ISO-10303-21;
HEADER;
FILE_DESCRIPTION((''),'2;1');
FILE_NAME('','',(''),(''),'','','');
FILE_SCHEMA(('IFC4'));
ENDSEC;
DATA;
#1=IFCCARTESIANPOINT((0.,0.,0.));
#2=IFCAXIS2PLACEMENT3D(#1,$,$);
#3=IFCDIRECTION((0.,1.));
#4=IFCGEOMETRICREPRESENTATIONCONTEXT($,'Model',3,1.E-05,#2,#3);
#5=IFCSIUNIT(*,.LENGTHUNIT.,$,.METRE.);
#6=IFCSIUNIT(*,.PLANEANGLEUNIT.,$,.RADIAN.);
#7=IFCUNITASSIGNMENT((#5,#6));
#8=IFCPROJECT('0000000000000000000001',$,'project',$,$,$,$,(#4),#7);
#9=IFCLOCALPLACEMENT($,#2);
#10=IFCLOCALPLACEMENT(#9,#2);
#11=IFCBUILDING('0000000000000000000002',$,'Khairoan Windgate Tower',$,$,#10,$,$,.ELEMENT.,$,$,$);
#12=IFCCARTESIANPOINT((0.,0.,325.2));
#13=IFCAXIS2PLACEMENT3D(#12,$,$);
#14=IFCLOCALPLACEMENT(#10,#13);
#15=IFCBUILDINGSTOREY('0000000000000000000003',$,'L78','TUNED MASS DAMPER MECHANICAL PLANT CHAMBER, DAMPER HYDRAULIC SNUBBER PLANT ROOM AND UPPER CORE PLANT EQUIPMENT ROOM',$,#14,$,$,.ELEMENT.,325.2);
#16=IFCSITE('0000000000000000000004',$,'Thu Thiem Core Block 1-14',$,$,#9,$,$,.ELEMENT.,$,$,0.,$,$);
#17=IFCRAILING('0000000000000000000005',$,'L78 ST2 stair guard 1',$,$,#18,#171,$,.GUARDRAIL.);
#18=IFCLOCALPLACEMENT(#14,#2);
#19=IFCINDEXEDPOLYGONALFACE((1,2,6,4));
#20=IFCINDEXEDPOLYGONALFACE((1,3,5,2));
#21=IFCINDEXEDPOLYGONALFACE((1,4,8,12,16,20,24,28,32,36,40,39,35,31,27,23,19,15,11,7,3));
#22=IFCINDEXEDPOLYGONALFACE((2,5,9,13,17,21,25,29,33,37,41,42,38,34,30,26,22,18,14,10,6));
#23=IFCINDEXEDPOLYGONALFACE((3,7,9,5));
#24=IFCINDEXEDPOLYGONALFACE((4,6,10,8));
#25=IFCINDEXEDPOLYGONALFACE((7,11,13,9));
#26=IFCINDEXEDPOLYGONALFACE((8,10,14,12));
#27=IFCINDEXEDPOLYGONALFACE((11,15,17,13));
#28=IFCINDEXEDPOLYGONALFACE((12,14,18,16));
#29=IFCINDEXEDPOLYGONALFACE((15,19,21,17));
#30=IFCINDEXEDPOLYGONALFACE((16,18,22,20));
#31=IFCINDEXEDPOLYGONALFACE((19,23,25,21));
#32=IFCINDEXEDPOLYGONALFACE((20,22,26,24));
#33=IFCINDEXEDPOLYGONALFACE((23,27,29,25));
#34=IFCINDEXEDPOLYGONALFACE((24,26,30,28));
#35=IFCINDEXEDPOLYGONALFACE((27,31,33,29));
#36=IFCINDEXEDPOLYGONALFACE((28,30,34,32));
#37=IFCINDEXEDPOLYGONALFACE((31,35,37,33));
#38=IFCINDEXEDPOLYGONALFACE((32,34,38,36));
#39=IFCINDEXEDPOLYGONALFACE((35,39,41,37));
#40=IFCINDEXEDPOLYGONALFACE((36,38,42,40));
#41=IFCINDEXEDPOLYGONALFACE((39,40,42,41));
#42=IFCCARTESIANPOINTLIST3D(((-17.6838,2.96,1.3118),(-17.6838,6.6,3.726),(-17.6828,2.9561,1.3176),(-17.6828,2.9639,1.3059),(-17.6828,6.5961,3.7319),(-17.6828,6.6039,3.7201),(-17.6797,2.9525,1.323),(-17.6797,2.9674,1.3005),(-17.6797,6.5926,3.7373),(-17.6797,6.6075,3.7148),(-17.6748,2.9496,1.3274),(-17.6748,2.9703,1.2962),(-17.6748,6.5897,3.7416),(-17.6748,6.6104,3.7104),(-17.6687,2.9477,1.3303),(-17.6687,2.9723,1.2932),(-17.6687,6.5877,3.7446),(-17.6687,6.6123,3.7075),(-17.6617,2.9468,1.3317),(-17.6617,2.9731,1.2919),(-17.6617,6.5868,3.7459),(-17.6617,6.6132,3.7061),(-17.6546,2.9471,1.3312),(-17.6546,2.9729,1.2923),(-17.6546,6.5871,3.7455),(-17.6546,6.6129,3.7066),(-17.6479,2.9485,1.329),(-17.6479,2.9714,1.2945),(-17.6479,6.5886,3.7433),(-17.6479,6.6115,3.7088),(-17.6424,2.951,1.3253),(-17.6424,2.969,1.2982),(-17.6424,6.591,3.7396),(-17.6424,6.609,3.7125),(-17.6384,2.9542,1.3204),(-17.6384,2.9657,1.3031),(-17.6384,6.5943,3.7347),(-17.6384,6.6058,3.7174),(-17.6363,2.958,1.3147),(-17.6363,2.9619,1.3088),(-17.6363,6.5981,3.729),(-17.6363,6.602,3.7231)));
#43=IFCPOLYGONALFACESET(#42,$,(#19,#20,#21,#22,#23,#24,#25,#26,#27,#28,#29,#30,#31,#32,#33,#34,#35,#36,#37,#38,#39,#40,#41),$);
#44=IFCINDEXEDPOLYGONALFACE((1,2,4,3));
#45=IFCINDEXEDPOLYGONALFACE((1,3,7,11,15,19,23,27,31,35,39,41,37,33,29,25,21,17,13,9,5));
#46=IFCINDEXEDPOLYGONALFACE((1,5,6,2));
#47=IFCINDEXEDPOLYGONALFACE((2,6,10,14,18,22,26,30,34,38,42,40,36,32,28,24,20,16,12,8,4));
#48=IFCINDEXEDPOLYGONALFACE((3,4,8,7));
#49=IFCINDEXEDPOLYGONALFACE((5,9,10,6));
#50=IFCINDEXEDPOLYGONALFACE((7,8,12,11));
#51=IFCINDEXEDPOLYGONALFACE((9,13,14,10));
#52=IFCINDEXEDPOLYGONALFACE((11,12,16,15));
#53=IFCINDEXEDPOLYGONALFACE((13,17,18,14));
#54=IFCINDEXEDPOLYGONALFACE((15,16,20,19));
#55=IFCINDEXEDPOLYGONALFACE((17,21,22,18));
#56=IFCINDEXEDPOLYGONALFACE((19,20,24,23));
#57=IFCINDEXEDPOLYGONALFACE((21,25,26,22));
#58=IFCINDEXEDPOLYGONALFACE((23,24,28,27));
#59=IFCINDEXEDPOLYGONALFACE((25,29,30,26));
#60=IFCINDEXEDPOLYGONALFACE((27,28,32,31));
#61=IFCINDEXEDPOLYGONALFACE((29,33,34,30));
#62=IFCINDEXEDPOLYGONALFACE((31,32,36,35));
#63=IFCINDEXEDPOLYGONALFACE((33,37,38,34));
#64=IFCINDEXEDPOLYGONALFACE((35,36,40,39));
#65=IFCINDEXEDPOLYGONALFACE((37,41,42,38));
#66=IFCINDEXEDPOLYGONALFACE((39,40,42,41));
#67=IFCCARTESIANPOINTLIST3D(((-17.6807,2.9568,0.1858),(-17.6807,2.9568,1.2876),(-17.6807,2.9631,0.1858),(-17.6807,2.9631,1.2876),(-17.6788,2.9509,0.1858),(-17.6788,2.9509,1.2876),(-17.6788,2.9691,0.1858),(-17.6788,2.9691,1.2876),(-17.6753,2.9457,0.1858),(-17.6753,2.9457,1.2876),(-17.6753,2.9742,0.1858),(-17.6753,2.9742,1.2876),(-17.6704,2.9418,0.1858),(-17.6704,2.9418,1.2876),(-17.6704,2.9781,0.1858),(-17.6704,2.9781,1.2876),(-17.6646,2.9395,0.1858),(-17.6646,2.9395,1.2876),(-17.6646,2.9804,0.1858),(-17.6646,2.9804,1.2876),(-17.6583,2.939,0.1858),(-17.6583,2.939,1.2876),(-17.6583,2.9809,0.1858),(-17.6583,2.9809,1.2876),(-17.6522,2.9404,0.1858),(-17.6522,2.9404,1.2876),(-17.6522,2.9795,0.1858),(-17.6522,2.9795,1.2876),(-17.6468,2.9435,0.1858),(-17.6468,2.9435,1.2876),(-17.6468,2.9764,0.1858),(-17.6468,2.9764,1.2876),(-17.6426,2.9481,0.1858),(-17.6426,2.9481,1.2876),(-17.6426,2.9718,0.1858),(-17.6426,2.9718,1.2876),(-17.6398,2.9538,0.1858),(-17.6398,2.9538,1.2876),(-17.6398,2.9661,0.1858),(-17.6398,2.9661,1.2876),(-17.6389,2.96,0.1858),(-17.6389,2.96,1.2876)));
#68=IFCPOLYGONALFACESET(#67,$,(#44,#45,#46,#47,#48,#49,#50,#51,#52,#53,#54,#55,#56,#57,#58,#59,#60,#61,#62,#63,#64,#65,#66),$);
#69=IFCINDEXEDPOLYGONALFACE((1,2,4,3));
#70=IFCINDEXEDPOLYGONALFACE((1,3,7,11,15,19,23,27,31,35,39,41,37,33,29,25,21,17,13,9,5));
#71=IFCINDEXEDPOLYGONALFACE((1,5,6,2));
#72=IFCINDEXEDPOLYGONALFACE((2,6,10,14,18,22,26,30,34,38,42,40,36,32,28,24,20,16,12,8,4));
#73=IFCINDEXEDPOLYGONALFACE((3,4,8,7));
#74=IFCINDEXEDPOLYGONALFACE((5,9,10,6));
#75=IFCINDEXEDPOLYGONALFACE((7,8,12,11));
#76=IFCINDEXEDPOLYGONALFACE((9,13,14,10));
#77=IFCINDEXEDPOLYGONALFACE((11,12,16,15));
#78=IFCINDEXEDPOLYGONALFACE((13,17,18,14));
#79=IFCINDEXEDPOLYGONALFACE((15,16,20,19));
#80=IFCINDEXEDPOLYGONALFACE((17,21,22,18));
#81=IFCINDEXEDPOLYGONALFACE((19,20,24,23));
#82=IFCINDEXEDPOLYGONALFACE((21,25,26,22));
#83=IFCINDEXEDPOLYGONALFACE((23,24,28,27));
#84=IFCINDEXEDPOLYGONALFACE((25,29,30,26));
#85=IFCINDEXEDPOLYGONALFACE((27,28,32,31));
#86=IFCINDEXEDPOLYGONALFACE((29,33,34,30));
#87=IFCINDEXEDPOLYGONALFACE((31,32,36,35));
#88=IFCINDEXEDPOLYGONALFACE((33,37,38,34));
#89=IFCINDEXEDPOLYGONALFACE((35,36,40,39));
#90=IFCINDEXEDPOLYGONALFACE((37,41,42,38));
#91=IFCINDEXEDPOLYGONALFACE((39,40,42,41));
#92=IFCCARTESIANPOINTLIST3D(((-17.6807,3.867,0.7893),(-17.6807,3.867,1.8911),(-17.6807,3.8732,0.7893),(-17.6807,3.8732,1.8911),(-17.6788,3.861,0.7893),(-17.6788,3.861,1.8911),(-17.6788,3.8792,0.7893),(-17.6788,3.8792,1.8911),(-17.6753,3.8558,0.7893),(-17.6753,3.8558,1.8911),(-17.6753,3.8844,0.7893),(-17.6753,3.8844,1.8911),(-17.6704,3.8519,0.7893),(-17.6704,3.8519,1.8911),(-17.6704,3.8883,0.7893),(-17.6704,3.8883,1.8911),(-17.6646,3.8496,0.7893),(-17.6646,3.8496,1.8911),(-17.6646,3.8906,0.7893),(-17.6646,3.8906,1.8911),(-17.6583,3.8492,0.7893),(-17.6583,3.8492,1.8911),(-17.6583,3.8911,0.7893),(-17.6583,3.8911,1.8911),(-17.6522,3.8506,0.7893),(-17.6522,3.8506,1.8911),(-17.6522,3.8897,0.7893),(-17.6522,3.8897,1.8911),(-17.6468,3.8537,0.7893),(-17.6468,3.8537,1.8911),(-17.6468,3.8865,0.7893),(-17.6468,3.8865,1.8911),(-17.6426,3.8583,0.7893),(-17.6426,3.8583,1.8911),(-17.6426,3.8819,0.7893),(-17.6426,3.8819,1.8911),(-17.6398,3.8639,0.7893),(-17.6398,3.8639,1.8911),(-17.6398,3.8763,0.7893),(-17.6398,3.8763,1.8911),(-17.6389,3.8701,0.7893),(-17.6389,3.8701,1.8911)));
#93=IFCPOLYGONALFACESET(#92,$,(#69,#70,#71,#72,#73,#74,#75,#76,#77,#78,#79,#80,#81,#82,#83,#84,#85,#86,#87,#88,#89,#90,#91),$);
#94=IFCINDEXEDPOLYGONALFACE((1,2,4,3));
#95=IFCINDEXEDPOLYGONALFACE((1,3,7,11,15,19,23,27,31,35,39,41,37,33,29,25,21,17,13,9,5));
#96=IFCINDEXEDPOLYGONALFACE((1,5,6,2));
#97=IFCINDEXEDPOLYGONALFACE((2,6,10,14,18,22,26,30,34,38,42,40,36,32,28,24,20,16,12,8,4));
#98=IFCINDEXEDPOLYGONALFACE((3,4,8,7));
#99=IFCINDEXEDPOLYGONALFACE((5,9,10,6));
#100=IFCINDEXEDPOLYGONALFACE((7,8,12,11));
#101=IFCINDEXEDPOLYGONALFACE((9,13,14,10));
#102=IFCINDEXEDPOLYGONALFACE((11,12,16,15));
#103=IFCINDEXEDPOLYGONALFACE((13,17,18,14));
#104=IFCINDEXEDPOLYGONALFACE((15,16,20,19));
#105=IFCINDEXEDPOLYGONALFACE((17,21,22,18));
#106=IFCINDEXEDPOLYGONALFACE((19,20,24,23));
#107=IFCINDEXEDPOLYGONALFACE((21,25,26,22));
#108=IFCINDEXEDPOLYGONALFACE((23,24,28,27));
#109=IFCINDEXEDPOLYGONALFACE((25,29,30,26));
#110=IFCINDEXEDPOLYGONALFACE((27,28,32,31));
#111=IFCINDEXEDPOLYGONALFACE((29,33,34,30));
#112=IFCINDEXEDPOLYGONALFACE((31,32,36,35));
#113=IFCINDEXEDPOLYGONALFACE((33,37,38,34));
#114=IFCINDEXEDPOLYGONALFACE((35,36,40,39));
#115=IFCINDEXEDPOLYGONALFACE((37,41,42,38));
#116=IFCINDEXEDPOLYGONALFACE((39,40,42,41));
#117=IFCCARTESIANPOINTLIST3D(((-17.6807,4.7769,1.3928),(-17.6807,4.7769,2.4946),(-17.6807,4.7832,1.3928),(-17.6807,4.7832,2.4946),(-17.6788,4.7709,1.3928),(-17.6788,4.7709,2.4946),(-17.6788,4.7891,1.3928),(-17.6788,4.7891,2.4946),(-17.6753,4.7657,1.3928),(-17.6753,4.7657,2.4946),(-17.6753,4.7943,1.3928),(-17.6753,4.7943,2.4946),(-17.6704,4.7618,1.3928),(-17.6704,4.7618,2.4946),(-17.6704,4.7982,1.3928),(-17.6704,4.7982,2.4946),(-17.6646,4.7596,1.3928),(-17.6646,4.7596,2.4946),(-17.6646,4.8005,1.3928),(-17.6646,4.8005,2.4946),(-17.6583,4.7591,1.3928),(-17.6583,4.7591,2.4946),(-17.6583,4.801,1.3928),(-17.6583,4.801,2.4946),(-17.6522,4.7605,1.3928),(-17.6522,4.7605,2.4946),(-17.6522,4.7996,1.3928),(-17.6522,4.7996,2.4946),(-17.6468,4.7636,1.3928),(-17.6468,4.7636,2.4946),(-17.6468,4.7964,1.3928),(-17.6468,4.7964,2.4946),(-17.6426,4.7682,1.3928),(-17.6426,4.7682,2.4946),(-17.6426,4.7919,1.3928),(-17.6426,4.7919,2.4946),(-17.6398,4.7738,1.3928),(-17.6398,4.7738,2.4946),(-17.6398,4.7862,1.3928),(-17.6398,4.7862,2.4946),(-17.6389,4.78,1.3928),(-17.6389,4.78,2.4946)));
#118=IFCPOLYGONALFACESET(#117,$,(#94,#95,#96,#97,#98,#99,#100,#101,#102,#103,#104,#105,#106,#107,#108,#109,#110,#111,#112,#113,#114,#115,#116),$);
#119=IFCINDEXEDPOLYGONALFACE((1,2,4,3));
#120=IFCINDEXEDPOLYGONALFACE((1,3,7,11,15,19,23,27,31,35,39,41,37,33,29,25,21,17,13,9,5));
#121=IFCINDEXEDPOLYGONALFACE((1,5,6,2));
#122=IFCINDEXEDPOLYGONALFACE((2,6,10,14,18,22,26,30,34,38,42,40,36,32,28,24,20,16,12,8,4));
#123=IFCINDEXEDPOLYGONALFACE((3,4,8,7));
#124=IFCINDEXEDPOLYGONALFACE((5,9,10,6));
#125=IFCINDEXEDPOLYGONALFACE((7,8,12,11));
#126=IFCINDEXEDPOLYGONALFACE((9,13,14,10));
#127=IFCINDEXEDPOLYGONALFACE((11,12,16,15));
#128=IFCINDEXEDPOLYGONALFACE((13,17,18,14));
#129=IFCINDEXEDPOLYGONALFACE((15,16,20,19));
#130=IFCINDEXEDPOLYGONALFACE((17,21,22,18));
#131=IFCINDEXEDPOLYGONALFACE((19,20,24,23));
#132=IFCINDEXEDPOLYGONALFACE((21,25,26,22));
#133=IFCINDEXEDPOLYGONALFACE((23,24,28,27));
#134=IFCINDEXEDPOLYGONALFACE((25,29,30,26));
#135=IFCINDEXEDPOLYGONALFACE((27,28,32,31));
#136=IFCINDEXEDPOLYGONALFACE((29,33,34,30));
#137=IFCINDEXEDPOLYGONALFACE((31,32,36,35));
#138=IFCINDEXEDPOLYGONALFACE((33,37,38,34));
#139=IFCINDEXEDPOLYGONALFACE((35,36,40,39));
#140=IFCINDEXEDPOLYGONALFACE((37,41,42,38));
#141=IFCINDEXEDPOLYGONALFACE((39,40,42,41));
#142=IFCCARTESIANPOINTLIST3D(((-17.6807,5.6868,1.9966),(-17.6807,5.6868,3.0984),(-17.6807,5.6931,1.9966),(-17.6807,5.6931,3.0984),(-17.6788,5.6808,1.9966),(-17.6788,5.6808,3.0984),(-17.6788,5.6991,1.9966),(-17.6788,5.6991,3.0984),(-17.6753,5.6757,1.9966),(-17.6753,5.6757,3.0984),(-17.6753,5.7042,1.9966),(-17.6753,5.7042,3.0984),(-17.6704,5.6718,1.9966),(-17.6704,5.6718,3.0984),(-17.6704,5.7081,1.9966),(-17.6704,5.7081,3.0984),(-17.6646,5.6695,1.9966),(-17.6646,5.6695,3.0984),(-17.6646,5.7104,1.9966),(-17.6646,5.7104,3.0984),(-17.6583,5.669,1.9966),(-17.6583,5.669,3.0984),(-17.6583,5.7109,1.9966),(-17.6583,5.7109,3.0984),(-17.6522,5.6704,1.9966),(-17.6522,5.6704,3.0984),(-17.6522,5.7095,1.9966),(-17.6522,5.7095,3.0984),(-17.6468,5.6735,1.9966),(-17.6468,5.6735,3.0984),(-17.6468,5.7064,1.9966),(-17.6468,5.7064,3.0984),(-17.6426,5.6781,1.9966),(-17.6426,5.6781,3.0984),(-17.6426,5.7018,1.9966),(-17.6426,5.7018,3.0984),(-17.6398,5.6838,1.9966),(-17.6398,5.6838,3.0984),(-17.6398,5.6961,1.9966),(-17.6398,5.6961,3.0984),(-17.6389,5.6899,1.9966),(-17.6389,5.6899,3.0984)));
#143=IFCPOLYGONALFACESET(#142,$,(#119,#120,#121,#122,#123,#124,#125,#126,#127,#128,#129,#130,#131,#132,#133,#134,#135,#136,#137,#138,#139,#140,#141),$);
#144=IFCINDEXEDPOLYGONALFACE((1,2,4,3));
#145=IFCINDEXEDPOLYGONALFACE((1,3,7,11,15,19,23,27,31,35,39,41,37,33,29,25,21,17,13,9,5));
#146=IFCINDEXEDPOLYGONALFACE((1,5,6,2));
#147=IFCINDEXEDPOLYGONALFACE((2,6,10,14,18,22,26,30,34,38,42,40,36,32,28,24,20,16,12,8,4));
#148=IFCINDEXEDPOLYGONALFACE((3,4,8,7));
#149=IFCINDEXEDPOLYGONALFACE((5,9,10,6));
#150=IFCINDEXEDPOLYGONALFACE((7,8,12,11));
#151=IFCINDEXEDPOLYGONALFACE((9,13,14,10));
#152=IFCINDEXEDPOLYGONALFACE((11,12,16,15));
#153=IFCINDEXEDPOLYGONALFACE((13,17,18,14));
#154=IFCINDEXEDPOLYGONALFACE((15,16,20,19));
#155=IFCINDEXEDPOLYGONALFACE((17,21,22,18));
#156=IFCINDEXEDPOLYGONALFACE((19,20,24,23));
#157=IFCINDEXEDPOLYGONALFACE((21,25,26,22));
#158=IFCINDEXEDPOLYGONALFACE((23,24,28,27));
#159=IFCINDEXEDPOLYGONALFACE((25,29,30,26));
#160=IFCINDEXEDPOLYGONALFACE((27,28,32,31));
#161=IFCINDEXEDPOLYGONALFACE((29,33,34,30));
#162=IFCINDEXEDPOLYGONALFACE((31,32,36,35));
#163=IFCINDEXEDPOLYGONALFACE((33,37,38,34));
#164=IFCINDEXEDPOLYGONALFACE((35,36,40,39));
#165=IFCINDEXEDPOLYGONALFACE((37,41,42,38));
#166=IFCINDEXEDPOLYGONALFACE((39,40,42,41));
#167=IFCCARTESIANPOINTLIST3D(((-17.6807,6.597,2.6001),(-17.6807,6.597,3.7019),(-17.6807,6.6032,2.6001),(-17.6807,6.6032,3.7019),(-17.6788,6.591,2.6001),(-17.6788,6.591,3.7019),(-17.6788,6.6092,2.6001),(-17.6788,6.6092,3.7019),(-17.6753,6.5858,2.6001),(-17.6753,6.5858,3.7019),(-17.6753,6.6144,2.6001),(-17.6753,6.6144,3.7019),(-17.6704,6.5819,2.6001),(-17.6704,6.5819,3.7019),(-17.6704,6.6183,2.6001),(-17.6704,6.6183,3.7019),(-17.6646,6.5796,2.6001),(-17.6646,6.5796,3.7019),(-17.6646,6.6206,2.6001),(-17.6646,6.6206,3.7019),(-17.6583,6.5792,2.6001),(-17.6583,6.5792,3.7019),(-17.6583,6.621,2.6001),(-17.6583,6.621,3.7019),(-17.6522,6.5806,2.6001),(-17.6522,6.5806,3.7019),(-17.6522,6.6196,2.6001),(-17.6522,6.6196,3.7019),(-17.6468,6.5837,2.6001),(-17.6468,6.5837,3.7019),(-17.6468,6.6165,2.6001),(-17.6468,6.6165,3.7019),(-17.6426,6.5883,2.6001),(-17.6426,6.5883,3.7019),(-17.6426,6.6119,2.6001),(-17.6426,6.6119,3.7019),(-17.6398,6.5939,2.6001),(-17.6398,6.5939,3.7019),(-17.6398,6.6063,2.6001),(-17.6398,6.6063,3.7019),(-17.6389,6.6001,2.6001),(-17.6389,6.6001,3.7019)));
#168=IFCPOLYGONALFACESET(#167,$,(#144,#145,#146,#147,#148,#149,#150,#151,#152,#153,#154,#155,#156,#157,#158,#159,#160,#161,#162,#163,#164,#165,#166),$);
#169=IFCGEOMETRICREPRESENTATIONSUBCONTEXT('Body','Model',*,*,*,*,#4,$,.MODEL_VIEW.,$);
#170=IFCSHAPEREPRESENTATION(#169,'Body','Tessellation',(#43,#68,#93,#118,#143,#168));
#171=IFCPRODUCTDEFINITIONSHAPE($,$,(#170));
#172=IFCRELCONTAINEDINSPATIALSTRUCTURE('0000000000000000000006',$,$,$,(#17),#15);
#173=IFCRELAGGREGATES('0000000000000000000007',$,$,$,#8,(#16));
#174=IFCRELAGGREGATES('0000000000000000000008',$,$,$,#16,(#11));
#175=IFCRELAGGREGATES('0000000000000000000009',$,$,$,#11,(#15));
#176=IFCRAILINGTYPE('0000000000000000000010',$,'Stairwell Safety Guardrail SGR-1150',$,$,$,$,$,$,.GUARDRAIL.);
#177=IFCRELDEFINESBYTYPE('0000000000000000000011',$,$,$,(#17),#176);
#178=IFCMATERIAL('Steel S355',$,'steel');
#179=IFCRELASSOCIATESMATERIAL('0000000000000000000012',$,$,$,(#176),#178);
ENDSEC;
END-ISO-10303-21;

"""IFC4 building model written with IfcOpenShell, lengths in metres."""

from ifc_helpers import new_model, si_unit, direction, frame, origin, origin_2d, place, context, subcontext, project, spatial, circle, extrude, material, type_object, element, save


model = new_model("IFC4")

# Units and contexts
model_context = context("Model", 3, precision=1e-05, world=origin(), true_north=direction((0.0, 1.0)))
body_context = subcontext(model_context, "Body", "Model", "MODEL_VIEW")
ifc_project = project(units=[si_unit("LENGTHUNIT", "METRE"), si_unit("PLANEANGLEUNIT", "RADIAN")], contexts=[model_context])

# Site, building, storey
site_placement = place(None, origin())
site = spatial("IfcSite", under=ifc_project, at=site_placement, Name="Thu Thiem Core Block 1-14", CompositionType="ELEMENT", RefElevation=0.0)
building_placement = place(site_placement, origin())
building = spatial("IfcBuilding", under=site, at=building_placement, Name="Khairoan Windgate Tower", CompositionType="ELEMENT")
storey_placement = place(building_placement, frame((0.0, 0.0, 325.2)))
storey = spatial("IfcBuildingStorey", under=building, at=storey_placement, Name="L78", Description="TUNED MASS DAMPER MECHANICAL PLANT CHAMBER, DAMPER HYDRAULIC SNUBBER PLANT ROOM AND UPPER CORE PLANT EQUIPMENT ROOM", CompositionType="ELEMENT", Elevation=325.2)

# Railing
ifc_material_1 = material(Name="Steel S355", Category="steel")
railing_type_1 = type_object("IfcRailingType", Name="Stairwell Safety Guardrail SGR-1150", PredefinedType="GUARDRAIL", material=ifc_material_1)
railing_1_placement = place(storey_placement, frame((-17.6599, 2.96, 0.1858)))
element("IfcRailing", 1, at=railing_1_placement, inside=storey, type_object=railing_type_1, Name="L78 ST2 stair guard 1", PredefinedType="GUARDRAIL", context=body_context, shape_type="SweptSolid", body=[
    extrude(circle(Radius=0.0239, at=origin_2d()), frame((0.0, 0.0, 1.126), z_axis=(0.0, 0.833364, 0.552725), x_axis=(-1.0, 0.0, 0.0)), (0.0, 0.0, 1.0), 4.3679),
    extrude(circle(Radius=0.021, at=origin_2d()), origin(), (0.0, 0.0, 1.0), 1.1018),
    extrude(circle(Radius=0.021, at=origin_2d()), frame((0.0, 0.9102, 0.6035)), (0.0, 0.0, 1.0), 1.1018),
    extrude(circle(Radius=0.021, at=origin_2d()), frame((0.0, 1.8201, 1.207)), (0.0, 0.0, 1.0), 1.1018),
    extrude(circle(Radius=0.021, at=origin_2d()), frame((0.0, 2.73, 1.8108)), (0.0, 0.0, 1.0), 1.1018),
    extrude(circle(Radius=0.021, at=origin_2d()), frame((0.0, 3.6401, 2.4143)), (0.0, 0.0, 1.0), 1.1018),
])

save(model, "model.ifc")
